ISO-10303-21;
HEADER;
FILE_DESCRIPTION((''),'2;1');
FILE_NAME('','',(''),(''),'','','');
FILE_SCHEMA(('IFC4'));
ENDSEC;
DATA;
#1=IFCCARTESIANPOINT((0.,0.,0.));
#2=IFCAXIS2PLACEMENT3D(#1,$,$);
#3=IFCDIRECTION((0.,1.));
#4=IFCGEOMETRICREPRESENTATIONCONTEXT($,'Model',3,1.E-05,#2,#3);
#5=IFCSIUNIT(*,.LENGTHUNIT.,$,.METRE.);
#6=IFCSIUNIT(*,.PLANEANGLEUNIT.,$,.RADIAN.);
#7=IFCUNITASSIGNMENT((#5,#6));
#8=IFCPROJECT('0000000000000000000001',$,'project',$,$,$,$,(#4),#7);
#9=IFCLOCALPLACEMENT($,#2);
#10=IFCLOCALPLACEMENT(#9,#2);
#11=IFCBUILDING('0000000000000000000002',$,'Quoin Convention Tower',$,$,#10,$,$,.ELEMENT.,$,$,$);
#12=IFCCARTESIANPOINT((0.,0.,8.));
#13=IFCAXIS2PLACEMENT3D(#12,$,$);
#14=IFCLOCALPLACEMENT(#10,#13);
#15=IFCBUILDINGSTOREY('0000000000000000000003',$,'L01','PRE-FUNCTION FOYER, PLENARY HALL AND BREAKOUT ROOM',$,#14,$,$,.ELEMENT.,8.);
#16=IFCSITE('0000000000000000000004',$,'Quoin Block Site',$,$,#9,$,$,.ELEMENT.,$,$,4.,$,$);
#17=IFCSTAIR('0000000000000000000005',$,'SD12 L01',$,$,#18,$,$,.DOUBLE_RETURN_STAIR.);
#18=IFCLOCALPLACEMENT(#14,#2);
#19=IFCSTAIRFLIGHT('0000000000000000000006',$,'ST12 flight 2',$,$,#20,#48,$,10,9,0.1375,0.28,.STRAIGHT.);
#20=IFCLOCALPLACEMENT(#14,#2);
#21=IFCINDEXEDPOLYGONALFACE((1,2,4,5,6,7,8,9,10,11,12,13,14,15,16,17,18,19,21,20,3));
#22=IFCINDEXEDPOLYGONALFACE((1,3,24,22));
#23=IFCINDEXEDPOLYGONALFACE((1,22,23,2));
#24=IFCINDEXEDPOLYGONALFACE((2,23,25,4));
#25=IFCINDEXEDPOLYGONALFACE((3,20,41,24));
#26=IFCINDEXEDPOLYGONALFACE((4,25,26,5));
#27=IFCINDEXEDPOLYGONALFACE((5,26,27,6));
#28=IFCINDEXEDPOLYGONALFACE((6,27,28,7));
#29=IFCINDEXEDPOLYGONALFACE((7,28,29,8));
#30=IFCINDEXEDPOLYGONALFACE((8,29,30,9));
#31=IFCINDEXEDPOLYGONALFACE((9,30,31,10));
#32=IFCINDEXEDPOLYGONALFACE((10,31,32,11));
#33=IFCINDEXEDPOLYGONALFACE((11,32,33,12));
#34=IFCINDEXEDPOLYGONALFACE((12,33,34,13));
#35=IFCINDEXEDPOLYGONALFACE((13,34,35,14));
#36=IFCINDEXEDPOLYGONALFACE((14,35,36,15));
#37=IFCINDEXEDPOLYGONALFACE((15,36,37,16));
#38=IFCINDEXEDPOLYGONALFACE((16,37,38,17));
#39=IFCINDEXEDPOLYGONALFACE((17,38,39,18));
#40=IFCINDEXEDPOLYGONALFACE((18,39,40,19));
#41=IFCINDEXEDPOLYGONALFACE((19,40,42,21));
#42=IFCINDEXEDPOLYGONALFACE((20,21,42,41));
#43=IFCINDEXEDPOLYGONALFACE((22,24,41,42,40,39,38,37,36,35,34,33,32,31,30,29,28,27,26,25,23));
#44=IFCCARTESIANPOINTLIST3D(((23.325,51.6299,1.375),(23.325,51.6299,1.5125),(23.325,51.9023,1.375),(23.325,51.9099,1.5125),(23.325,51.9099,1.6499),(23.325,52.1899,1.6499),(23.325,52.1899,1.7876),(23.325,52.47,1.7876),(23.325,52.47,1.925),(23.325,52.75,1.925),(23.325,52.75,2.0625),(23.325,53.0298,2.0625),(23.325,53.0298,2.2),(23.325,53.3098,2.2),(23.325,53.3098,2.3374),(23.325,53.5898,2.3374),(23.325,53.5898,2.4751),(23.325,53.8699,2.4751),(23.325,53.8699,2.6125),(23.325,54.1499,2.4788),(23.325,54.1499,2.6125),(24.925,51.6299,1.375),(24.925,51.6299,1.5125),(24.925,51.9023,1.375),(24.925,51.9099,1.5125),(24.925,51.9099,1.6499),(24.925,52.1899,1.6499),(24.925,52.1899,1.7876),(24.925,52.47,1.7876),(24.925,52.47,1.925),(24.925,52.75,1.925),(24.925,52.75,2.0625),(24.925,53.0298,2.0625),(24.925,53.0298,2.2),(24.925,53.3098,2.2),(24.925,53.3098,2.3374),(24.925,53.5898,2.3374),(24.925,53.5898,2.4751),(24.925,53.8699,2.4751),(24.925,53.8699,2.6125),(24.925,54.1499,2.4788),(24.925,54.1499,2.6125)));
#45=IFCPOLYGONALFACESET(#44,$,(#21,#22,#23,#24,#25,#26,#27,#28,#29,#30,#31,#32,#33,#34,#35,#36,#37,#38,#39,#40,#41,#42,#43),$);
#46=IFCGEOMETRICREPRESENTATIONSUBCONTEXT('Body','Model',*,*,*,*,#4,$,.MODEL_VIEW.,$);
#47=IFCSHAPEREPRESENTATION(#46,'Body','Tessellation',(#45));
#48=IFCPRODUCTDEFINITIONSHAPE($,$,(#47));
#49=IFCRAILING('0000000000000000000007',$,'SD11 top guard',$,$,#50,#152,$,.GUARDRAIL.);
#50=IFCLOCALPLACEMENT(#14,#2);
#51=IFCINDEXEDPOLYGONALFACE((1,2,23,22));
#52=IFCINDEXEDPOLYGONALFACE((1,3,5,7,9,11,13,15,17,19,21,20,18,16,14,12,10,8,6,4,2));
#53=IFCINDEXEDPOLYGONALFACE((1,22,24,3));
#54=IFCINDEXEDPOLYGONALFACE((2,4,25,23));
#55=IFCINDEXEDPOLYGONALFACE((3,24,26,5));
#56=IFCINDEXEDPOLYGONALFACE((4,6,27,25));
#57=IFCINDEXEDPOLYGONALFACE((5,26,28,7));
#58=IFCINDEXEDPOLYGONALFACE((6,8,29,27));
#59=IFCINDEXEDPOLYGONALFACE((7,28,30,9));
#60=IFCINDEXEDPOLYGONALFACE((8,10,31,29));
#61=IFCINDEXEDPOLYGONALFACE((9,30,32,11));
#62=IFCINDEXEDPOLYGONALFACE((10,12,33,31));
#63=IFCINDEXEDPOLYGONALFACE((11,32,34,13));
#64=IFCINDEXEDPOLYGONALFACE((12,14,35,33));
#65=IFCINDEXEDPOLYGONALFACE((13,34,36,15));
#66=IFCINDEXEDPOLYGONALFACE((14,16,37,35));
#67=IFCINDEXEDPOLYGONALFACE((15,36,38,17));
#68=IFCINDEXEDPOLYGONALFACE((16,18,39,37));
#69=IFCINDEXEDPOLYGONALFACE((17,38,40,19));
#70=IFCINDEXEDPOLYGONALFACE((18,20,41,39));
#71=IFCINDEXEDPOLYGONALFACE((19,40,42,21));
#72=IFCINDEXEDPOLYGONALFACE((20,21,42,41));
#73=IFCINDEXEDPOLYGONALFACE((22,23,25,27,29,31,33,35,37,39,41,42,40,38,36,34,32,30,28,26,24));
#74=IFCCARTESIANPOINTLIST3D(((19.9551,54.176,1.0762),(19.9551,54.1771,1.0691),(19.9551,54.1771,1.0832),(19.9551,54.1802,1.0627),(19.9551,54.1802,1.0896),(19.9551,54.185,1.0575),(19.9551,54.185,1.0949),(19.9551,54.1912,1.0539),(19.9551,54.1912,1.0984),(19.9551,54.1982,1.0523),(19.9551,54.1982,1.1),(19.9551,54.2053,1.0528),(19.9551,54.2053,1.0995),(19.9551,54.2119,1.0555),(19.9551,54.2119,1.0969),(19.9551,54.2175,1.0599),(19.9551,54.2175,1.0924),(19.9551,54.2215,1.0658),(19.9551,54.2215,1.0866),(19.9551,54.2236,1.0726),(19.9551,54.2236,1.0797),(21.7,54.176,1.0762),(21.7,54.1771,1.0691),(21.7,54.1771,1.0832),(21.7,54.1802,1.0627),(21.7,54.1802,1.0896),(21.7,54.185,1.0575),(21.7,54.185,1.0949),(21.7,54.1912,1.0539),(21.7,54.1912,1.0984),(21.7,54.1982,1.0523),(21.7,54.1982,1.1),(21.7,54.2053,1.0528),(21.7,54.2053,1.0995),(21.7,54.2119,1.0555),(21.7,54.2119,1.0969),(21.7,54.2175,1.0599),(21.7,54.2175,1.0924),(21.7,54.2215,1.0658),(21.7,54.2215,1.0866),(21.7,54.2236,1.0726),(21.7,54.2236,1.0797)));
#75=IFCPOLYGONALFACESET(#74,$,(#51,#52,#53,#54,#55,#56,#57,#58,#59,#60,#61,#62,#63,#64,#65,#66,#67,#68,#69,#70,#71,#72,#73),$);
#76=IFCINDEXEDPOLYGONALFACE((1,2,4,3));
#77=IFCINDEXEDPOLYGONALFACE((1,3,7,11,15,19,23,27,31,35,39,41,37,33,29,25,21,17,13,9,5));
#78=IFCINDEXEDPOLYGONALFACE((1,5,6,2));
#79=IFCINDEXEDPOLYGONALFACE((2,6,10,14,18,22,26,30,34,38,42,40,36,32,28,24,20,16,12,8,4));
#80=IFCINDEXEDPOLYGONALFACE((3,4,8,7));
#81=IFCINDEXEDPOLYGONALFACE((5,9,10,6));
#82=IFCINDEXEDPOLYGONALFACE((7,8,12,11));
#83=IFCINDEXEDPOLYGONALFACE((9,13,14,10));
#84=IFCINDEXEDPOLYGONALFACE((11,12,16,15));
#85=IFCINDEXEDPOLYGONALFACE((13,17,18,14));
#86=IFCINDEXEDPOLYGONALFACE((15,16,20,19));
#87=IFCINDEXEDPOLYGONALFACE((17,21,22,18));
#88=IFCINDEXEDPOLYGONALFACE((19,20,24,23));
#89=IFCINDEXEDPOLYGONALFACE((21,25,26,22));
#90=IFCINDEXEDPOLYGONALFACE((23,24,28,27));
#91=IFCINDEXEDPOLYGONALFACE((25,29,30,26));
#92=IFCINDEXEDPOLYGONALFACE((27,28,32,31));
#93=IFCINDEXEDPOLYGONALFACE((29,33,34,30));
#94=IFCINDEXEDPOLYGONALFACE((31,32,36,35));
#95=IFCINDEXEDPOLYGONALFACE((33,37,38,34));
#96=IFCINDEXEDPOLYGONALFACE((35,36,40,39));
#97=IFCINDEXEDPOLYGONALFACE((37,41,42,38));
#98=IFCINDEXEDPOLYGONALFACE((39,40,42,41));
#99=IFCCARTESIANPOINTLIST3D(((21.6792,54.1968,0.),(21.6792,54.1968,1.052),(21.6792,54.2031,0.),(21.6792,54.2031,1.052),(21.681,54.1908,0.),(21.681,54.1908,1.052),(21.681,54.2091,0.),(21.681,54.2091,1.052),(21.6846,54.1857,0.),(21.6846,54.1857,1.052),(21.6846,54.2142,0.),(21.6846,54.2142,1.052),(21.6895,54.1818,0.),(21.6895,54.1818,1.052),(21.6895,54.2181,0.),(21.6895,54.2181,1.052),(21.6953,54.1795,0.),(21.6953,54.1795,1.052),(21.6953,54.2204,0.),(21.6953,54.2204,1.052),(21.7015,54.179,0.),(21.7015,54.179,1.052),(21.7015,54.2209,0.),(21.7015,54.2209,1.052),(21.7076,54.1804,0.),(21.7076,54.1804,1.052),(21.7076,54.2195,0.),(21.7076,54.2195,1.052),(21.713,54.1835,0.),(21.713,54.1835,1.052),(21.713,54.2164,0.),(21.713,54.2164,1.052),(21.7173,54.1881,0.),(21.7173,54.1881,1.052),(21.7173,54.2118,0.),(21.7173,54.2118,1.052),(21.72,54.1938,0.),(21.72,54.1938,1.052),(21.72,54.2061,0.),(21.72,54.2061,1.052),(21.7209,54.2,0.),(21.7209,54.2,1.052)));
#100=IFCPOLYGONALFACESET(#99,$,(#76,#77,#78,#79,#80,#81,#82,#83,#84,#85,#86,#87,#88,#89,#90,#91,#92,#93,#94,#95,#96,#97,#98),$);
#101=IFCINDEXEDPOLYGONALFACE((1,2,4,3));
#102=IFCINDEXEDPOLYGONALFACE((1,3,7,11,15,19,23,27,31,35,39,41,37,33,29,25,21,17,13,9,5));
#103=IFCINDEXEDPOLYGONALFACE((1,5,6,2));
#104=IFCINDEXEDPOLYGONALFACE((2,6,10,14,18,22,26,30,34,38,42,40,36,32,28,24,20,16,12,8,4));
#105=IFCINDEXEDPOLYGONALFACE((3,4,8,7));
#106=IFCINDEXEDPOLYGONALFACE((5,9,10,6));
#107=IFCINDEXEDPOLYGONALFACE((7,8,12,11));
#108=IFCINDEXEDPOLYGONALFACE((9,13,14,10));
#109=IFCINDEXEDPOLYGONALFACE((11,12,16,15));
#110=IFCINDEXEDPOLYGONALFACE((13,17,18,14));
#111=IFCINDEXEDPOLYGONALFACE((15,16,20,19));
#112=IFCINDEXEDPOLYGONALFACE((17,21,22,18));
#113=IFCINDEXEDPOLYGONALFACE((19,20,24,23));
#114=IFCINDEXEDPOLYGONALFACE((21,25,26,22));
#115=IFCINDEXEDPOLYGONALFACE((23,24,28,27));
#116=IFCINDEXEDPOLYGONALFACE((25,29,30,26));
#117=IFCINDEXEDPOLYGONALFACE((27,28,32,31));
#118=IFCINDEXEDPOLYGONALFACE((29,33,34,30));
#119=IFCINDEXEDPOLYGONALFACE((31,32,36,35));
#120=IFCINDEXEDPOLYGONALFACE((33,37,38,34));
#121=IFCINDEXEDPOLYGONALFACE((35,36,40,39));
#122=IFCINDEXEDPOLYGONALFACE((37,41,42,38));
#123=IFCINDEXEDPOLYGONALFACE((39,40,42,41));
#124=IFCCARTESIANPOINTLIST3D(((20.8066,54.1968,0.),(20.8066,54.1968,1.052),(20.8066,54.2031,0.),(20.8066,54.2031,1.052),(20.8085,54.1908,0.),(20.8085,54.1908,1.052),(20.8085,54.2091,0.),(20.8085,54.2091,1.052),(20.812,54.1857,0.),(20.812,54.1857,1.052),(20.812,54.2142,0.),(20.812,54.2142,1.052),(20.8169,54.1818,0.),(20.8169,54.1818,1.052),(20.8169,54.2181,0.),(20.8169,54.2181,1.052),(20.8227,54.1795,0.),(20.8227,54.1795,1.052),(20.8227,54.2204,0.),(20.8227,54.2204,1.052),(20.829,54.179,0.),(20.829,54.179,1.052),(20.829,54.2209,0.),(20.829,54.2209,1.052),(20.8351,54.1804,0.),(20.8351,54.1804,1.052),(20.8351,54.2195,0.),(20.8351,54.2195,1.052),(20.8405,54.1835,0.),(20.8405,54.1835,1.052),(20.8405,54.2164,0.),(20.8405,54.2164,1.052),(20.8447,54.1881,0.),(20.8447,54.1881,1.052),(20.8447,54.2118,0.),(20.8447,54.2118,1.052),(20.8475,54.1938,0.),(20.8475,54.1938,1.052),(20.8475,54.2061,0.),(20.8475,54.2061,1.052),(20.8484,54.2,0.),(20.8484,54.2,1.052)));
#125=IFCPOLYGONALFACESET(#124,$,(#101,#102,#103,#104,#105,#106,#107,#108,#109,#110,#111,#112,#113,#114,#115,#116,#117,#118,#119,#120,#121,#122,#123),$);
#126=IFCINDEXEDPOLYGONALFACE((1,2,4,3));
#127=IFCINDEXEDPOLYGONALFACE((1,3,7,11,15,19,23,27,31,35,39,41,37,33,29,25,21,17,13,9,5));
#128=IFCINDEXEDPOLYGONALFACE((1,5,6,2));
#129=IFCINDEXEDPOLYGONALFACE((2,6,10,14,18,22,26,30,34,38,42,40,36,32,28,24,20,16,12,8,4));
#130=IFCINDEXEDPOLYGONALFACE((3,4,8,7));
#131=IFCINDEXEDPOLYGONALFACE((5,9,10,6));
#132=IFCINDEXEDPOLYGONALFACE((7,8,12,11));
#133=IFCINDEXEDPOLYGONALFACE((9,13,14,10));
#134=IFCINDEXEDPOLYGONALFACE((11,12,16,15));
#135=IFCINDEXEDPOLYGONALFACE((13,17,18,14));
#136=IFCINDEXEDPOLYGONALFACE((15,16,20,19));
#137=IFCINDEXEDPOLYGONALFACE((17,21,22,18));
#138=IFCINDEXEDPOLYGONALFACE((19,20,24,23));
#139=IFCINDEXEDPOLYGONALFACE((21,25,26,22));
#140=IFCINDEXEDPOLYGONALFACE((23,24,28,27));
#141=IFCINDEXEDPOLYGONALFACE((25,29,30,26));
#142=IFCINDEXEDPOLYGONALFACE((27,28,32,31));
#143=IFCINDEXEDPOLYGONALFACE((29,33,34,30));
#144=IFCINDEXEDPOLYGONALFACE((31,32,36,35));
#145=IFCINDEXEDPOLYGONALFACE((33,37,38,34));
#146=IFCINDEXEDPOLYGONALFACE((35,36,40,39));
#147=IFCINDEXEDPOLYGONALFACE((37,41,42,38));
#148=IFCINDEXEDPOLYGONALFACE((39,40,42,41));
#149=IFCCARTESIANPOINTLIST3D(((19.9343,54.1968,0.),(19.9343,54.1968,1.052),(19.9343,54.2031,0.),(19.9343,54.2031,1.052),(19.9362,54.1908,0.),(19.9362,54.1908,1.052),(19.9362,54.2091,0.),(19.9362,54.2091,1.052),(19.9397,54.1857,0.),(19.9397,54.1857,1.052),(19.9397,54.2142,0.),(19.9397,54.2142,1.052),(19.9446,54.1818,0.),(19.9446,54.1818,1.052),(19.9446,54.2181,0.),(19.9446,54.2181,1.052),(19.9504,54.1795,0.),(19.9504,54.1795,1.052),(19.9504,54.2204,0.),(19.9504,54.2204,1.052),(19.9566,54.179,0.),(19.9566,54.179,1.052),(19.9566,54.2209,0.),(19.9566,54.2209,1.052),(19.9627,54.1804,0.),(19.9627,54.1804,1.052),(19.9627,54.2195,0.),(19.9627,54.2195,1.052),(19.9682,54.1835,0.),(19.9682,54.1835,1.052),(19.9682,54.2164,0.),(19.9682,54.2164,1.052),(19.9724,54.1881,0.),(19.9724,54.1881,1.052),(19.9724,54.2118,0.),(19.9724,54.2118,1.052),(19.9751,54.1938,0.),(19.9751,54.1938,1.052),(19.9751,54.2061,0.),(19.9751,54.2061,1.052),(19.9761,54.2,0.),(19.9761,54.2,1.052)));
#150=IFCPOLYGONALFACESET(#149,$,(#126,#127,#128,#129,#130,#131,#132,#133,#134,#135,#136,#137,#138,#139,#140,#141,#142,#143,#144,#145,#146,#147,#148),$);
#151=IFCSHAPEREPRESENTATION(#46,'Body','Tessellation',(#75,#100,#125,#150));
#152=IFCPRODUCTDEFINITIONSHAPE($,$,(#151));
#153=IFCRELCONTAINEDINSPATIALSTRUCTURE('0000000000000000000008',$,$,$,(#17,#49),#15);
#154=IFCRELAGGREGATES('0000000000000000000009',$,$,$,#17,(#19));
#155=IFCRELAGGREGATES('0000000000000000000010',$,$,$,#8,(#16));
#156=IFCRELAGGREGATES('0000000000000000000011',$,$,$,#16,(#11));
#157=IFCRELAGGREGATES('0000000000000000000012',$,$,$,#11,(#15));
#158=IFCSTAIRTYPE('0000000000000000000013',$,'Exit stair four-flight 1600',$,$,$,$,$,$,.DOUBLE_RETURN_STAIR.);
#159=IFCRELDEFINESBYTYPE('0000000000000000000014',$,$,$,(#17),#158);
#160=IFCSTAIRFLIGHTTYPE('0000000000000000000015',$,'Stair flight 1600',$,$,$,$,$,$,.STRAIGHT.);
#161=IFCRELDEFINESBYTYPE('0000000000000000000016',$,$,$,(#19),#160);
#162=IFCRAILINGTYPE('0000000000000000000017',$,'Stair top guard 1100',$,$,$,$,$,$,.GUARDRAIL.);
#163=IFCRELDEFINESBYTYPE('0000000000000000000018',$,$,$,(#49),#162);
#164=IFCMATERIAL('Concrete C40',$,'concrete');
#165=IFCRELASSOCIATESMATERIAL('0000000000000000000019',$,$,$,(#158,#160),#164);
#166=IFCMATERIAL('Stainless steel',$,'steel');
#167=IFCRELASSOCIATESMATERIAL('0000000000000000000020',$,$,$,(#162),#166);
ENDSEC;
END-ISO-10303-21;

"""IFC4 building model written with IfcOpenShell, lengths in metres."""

from ifc_helpers import new_model, si_unit, direction, frame, origin, origin_2d, place, context, subcontext, project, spatial, polyline, circle, outline, extrude, material, type_object, element, aggregate, save


model = new_model("IFC4")

# Units and contexts
model_context = context("Model", 3, precision=1e-05, world=origin(), true_north=direction((0.0, 1.0)))
body_context = subcontext(model_context, "Body", "Model", "MODEL_VIEW")
ifc_project = project(units=[si_unit("LENGTHUNIT", "METRE"), si_unit("PLANEANGLEUNIT", "RADIAN")], contexts=[model_context])

# Site, building, storey
site_placement = place(None, origin())
site = spatial("IfcSite", under=ifc_project, at=site_placement, Name="Quoin Block Site", CompositionType="ELEMENT", RefElevation=4.0)
building_placement = place(site_placement, origin())
building = spatial("IfcBuilding", under=site, at=building_placement, Name="Quoin Convention Tower", CompositionType="ELEMENT")
storey_placement = place(building_placement, frame((0.0, 0.0, 8.0)))
storey = spatial("IfcBuildingStorey", under=building, at=storey_placement, Name="L01", Description="PRE-FUNCTION FOYER, PLENARY HALL AND BREAKOUT ROOM", CompositionType="ELEMENT", Elevation=8.0)

# Shared definitions
ifc_material_1 = material(Name="Concrete C40", Category="concrete")

# Shared definitions
stair_type = type_object("IfcStairType", Name="Exit stair four-flight 1600", PredefinedType="DOUBLE_RETURN_STAIR", material=ifc_material_1)
stair_flight_type = type_object("IfcStairFlightType", Name="Stair flight 1600", PredefinedType="STRAIGHT", material=ifc_material_1)

# Stair, stair flight
stair_1_placement = place(storey_placement, origin())
stair_1 = element("IfcStair", 1, at=stair_1_placement, inside=storey, type_object=stair_type, Name="SD12 L01", PredefinedType="DOUBLE_RETURN_STAIR")
stair_flight_1_placement = place(storey_placement, frame((24.125, 51.6299, 1.375), z_axis=(0.0, 0.0, 1.0), x_axis=(0.0, 1.0, 0.0)))
stair_flight_1 = element("IfcStairFlight", 2, at=stair_flight_1_placement, type_object=stair_flight_type, Name="ST12 flight 2", NumberOfRisers=10, NumberOfTreads=9, PredefinedType="STRAIGHT", RiserHeight=0.1375, TreadLength=0.28, context=body_context, shape_type="SweptSolid", body=[
    extrude(outline(polyline([(0.0, 0.0), (0.0, 0.1375), (0.28, 0.1375), (0.28, 0.2749), (0.5601, 0.2749), (0.5601, 0.4126), (0.8401, 0.4126), (0.8401, 0.55), (1.1201, 0.55), (1.1201, 0.6875), (1.3999, 0.6875), (1.3999, 0.825), (1.6799, 0.825), (1.6799, 0.9624), (1.96, 0.9624), (1.96, 1.1001), (2.24, 1.1001), (2.24, 1.2375), (2.52, 1.2375), (2.52, 1.375), (2.52, 1.1038), (0.2725, 0.0), (0.0, 0.0)])), frame((0.0, 0.8, 0.0), z_axis=(0.0, -1.0, 0.0), x_axis=(1.0, 0.0, 0.0)), (0.0, 0.0, 1.0), 1.6001),
])
aggregate(stair_1, [stair_flight_1])

# Railing
ifc_material_2 = material(Name="Stainless steel", Category="steel")
railing_type_1 = type_object("IfcRailingType", Name="Stair top guard 1100", PredefinedType="GUARDRAIL", material=ifc_material_2)
railing_1_placement = place(storey_placement, frame((21.7, 54.2, 0.0)))
element("IfcRailing", 3, at=railing_1_placement, inside=storey, type_object=railing_type_1, Name="SD11 top guard", PredefinedType="GUARDRAIL", context=body_context, shape_type="SweptSolid", body=[
    extrude(circle(Radius=0.0239, at=origin_2d()), frame((0.0, 0.0, 1.0762), z_axis=(-1.0, 0.0, 0.0), x_axis=(0.0, -1.0, 0.0)), (0.0, 0.0, 1.0), 1.7449),
    extrude(circle(Radius=0.021, at=origin_2d()), origin(), (0.0, 0.0, 1.0), 1.052),
    extrude(circle(Radius=0.021, at=origin_2d()), frame((-0.8726, 0.0, 0.0)), (0.0, 0.0, 1.0), 1.052),
    extrude(circle(Radius=0.021, at=origin_2d()), frame((-1.7449, 0.0, 0.0)), (0.0, 0.0, 1.0), 1.052),
])

save(model, "model.ifc")
